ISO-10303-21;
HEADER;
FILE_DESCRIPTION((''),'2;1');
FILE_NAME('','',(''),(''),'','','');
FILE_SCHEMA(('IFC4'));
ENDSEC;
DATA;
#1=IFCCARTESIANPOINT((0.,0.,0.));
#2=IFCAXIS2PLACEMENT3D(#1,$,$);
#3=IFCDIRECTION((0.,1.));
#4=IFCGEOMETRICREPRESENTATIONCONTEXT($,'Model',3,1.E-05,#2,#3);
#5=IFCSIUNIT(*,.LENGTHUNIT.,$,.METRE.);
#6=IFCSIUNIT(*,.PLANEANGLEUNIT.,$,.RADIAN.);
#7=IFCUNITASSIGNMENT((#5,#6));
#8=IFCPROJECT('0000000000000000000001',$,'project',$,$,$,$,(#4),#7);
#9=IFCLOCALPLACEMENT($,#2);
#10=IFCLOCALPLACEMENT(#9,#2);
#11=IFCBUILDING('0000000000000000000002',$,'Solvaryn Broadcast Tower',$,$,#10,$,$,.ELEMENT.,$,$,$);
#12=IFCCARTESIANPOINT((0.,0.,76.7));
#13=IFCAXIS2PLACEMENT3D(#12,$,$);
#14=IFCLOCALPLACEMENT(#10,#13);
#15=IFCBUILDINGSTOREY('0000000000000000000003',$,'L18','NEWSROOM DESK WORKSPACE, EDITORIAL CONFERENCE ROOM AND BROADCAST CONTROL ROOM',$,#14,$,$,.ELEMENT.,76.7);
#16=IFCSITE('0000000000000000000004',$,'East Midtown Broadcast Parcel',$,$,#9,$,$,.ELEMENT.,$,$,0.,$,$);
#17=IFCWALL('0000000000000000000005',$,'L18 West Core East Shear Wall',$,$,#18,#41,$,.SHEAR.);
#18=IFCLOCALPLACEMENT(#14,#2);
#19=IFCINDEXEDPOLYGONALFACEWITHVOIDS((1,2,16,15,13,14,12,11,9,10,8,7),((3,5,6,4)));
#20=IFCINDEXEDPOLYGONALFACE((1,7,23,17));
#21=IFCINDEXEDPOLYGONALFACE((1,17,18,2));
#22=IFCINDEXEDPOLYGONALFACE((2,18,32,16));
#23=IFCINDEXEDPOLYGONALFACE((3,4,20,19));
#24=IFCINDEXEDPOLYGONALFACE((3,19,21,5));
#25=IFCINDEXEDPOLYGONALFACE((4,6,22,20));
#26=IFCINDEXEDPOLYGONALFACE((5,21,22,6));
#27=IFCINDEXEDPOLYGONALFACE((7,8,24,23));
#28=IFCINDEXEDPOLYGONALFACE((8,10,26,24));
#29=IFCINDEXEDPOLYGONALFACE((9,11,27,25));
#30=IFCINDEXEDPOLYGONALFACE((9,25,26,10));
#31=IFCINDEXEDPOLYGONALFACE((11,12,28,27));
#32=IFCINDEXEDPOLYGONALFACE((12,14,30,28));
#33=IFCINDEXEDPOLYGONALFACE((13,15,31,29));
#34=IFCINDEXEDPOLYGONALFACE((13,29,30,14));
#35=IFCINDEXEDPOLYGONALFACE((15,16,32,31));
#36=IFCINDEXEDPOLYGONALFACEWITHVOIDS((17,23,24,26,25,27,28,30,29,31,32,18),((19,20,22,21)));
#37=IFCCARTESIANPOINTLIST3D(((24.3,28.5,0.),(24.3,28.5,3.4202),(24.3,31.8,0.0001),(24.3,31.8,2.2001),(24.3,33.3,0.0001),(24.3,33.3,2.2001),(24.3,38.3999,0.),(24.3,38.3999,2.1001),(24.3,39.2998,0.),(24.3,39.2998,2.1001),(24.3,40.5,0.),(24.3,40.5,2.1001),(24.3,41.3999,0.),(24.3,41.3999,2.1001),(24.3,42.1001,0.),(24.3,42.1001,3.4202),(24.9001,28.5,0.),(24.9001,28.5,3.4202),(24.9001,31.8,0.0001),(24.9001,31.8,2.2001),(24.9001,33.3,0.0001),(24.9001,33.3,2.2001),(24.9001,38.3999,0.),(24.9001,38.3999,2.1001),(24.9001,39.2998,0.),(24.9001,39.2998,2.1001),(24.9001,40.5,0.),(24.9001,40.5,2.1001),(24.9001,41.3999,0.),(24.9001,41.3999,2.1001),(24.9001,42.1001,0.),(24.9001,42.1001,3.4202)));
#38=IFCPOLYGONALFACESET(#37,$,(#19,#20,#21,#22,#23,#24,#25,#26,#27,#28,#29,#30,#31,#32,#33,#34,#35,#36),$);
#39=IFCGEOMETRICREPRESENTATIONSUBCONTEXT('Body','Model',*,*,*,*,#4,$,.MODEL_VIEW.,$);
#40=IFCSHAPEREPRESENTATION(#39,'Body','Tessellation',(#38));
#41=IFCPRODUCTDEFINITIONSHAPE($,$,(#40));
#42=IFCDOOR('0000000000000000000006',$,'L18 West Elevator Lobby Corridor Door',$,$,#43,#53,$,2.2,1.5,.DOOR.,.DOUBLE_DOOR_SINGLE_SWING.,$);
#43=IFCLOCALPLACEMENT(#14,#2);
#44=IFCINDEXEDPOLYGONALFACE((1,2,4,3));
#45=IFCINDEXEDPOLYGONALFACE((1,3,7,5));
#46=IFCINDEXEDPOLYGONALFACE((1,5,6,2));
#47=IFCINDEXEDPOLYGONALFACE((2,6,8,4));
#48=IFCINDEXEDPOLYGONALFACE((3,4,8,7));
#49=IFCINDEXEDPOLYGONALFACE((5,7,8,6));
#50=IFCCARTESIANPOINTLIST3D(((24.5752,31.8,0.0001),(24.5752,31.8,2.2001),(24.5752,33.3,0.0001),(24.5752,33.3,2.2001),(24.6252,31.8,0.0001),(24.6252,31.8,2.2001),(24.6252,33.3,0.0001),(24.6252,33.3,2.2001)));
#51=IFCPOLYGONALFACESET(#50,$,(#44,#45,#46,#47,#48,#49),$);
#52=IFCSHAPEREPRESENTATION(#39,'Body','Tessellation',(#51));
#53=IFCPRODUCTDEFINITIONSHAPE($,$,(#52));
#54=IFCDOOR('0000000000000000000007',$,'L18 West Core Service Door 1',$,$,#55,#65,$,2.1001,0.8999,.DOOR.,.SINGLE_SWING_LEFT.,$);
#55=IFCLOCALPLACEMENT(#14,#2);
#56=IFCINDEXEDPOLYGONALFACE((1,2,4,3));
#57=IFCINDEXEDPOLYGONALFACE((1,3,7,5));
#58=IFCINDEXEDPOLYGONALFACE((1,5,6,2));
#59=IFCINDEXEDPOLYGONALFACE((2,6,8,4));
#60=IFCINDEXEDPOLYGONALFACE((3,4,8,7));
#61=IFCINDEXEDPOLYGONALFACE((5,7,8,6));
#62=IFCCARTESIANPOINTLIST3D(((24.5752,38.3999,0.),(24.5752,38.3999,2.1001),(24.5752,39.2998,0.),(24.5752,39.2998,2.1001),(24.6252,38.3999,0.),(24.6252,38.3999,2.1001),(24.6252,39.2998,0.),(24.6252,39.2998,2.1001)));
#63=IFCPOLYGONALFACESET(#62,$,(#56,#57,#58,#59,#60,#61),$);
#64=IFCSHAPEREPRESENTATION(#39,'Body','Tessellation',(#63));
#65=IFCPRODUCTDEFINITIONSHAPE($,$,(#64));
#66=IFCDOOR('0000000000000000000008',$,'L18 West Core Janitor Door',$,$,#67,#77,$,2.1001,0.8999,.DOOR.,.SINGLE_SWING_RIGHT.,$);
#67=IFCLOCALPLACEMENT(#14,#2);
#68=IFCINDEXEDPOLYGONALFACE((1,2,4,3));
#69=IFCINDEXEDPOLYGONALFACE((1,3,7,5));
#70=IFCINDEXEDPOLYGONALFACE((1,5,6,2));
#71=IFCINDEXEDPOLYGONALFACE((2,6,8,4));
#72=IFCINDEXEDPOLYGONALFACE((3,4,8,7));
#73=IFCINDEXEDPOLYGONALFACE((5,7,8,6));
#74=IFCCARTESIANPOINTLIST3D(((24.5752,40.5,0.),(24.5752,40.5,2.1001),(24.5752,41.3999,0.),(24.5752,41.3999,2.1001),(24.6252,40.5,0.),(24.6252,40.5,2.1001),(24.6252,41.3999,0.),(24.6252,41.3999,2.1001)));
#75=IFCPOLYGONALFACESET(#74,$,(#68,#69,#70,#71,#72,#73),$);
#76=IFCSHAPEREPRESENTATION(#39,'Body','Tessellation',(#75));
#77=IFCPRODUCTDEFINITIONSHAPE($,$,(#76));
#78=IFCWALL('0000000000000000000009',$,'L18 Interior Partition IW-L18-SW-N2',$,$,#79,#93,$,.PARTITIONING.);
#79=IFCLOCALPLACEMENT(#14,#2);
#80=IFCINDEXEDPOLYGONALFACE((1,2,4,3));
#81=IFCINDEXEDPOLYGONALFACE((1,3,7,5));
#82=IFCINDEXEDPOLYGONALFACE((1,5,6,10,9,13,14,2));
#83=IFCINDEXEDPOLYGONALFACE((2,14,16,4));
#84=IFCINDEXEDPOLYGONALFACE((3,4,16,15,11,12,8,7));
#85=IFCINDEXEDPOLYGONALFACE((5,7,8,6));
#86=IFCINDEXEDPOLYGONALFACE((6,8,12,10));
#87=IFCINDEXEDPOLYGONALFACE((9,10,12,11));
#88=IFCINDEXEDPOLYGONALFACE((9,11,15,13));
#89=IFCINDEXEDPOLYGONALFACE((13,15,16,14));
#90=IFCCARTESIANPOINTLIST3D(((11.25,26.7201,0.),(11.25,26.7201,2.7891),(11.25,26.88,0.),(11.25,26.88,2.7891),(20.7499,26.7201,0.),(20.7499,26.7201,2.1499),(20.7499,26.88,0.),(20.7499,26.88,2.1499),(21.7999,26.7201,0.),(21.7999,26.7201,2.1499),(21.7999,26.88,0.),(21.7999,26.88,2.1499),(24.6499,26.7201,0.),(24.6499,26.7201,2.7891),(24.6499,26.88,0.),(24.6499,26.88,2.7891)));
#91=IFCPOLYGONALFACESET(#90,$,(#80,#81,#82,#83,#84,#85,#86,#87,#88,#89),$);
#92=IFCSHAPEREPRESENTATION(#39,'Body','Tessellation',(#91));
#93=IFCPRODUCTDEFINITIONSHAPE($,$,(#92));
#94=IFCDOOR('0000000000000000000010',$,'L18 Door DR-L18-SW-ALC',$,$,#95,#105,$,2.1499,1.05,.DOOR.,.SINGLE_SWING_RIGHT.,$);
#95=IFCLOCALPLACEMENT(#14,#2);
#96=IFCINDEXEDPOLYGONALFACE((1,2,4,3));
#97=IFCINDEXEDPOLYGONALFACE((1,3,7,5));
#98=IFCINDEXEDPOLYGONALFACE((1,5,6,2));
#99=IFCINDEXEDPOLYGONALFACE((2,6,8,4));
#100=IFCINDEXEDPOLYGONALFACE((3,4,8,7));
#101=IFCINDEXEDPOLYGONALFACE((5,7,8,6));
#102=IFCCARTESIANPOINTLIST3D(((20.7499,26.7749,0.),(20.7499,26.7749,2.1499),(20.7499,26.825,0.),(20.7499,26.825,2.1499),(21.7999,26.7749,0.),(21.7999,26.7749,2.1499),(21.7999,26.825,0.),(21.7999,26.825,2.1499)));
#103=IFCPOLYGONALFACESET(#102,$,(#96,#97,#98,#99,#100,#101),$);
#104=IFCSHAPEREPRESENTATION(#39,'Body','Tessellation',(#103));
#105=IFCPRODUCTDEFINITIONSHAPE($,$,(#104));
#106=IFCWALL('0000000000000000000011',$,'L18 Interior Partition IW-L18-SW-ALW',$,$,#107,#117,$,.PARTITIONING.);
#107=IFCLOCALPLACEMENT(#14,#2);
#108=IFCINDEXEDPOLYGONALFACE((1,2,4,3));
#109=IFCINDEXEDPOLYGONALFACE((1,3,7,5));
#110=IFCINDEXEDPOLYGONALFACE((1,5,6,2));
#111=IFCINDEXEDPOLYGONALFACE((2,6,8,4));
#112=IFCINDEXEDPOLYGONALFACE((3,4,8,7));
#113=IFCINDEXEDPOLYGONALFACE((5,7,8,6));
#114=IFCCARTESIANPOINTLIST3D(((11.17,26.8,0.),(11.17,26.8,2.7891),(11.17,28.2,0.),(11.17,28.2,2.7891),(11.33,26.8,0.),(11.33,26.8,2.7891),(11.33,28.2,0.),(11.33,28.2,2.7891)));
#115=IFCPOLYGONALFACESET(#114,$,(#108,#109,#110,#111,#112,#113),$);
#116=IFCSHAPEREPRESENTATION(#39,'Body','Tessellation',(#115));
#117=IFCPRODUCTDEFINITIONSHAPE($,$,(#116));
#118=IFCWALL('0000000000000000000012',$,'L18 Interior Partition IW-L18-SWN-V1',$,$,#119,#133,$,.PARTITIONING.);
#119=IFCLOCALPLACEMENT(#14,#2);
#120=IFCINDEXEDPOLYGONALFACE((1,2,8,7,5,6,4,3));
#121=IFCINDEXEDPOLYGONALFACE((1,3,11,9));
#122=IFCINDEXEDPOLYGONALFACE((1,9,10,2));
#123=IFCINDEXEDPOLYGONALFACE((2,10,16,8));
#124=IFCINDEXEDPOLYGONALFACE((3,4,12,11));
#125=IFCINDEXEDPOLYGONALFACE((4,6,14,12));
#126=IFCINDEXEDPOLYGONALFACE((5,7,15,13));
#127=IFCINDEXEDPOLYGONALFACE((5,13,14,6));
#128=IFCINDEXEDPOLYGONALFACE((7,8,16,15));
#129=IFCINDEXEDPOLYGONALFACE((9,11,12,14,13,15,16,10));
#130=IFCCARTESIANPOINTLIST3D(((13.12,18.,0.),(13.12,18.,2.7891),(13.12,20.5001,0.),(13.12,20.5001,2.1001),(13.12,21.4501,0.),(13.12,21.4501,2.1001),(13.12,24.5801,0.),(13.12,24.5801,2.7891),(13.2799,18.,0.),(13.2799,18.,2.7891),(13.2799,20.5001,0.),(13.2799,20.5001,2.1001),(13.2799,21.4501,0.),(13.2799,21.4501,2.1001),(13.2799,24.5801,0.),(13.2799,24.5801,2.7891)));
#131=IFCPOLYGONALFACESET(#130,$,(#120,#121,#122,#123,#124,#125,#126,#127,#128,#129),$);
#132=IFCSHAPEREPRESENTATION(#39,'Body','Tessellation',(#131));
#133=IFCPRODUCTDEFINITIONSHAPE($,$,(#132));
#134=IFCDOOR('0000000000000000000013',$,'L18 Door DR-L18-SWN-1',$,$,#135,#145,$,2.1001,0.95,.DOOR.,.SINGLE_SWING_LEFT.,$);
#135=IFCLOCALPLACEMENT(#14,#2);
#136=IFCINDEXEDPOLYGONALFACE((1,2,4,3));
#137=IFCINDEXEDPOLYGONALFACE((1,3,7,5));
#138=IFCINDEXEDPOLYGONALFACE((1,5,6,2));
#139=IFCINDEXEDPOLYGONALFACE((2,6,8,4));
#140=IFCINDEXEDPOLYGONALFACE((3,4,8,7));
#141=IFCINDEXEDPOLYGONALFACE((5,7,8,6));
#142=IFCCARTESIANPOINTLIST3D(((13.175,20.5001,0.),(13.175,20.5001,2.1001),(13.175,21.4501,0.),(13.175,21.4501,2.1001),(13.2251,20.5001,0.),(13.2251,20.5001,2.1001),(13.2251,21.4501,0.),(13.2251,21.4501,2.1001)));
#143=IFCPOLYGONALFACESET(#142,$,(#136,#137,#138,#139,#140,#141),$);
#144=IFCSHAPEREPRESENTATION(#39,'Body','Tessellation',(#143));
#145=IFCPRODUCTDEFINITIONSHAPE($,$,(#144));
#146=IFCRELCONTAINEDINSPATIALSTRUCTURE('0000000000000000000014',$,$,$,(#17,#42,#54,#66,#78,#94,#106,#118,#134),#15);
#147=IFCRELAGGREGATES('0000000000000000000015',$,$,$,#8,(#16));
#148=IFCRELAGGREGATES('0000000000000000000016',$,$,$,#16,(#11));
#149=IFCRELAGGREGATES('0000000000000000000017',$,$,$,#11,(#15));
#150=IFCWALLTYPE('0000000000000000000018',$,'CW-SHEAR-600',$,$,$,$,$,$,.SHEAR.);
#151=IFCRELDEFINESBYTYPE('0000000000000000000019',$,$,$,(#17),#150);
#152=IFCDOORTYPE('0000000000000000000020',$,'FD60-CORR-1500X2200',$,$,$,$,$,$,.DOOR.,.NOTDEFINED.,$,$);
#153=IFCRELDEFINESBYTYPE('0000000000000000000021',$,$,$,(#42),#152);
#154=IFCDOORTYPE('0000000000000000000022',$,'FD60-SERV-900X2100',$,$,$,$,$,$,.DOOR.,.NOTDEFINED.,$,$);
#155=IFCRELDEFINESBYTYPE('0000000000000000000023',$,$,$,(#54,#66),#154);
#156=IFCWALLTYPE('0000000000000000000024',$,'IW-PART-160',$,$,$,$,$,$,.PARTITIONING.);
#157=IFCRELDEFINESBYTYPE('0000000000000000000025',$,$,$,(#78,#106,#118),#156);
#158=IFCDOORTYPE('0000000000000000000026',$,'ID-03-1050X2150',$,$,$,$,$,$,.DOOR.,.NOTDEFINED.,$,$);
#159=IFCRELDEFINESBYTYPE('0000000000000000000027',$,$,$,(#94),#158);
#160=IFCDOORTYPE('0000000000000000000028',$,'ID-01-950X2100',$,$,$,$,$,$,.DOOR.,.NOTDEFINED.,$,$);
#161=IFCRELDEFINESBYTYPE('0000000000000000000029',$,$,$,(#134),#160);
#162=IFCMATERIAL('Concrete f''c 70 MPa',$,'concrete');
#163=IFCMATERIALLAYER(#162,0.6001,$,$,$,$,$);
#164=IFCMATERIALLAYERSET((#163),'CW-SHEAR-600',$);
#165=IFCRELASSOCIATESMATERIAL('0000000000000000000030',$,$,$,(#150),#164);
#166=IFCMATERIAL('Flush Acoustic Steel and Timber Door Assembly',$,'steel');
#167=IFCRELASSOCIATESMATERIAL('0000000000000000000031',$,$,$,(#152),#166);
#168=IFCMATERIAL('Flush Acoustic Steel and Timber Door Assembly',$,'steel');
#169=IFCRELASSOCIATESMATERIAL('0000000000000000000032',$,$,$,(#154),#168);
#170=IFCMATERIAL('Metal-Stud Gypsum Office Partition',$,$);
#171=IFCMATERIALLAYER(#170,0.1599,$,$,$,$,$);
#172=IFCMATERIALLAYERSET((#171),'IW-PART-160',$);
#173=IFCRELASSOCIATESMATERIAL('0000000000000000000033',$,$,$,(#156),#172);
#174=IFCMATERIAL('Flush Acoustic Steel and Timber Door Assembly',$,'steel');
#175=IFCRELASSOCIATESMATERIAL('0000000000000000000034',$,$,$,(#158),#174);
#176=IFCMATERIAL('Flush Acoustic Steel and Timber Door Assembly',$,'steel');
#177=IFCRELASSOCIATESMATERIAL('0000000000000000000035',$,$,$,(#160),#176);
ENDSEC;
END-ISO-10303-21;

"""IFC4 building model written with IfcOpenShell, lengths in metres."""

from ifc_helpers import new_model, si_unit, direction, frame, frame_2d, origin, place, context, subcontext, project, spatial, rectangle, extrude, material, layer, layer_set, type_object, element, fill, save


model = new_model("IFC4")

# Units and contexts
model_context = context("Model", 3, precision=1e-05, world=origin(), true_north=direction((0.0, 1.0)))
body_context = subcontext(model_context, "Body", "Model", "MODEL_VIEW")
ifc_project = project(units=[si_unit("LENGTHUNIT", "METRE"), si_unit("PLANEANGLEUNIT", "RADIAN")], contexts=[model_context])

# Site, building, storey
site_placement = place(None, origin())
site = spatial("IfcSite", under=ifc_project, at=site_placement, Name="East Midtown Broadcast Parcel", CompositionType="ELEMENT", RefElevation=0.0)
building_placement = place(site_placement, origin())
building = spatial("IfcBuilding", under=site, at=building_placement, Name="Solvaryn Broadcast Tower", CompositionType="ELEMENT")
storey_placement = place(building_placement, frame((0.0, 0.0, 76.7)))
storey = spatial("IfcBuildingStorey", under=building, at=storey_placement, Name="L18", Description="NEWSROOM DESK WORKSPACE, EDITORIAL CONFERENCE ROOM AND BROADCAST CONTROL ROOM", CompositionType="ELEMENT", Elevation=76.7)

# Wall, openings, doors
ifc_material_1 = material(Name="Concrete f'c 70 MPa", Category="concrete")
ifc_layer_1 = layer(ifc_material_1, 0.6001)
ifc_layer_set_1 = layer_set([ifc_layer_1], Name="CW-SHEAR-600")
wall_type_1 = type_object("IfcWallType", Name="CW-SHEAR-600", PredefinedType="SHEAR", material=ifc_layer_set_1)
wall_1_placement = place(storey_placement, frame((24.6001, 28.5, 0.0), z_axis=(0.0, 0.0, 1.0), x_axis=(0.0, 1.0, 0.0)))
wall_1 = element("IfcWall", 1, at=wall_1_placement, inside=storey, type_object=wall_type_1, Name="L18 West Core East Shear Wall", PredefinedType="SHEAR", context=body_context, shape_type="SweptSolid", body=[
    extrude(rectangle(XDim=13.6001, YDim=0.6001, at=frame_2d((6.8, 0.0))), origin(), (0.0, 0.0, 1.0), 3.4202),
])
opening_1_placement = place(wall_1_placement, frame((3.3, 0.0, 0.0)))
opening_1 = element("IfcOpeningElement", 2, at=opening_1_placement, cuts=wall_1, PredefinedType="OPENING", context=body_context, shape_type="SweptSolid", body=[
    extrude(rectangle(XDim=1.5, YDim=2.2, at=frame_2d((0.75, 1.1001))), frame((0.0, 0.3101, 0.0), z_axis=(0.0, -1.0, 0.0), x_axis=(1.0, 0.0, 0.0)), (0.0, 0.0, 1.0), 0.6201),
])
opening_2_placement = place(wall_1_placement, frame((9.8999, 0.0, 0.0)))
opening_2 = element("IfcOpeningElement", 3, at=opening_2_placement, cuts=wall_1, PredefinedType="OPENING", context=body_context, shape_type="SweptSolid", body=[
    extrude(rectangle(XDim=0.8999, YDim=2.1001, at=frame_2d((0.45, 1.05))), frame((0.0, 0.3101, 0.0), z_axis=(0.0, -1.0, 0.0), x_axis=(1.0, 0.0, 0.0)), (0.0, 0.0, 1.0), 0.6201),
])
opening_3_placement = place(wall_1_placement, frame((12.0, 0.0, 0.0)))
opening_3 = element("IfcOpeningElement", 4, at=opening_3_placement, cuts=wall_1, PredefinedType="OPENING", context=body_context, shape_type="SweptSolid", body=[
    extrude(rectangle(XDim=0.8999, YDim=2.1001, at=frame_2d((0.45, 1.05))), frame((0.0, 0.3101, 0.0), z_axis=(0.0, -1.0, 0.0), x_axis=(1.0, 0.0, 0.0)), (0.0, 0.0, 1.0), 0.6201),
])
ifc_material_2 = material(Name="Flush Acoustic Steel and Timber Door Assembly", Category="steel")
door_type_1 = type_object("IfcDoorType", Name="FD60-CORR-1500X2200", OperationType="NOTDEFINED", PredefinedType="DOOR", material=ifc_material_2)
door_1_placement = place(opening_1_placement, origin())
door_1 = element("IfcDoor", 5, at=door_1_placement, inside=storey, type_object=door_type_1, Name="L18 West Elevator Lobby Corridor Door", OperationType="DOUBLE_DOOR_SINGLE_SWING", OverallHeight=2.2, OverallWidth=1.5, PredefinedType="DOOR", context=body_context, shape_type="SweptSolid", body=[
    extrude(rectangle(XDim=1.5, YDim=2.2, at=frame_2d((0.75, 1.1001))), frame((0.0, 0.0249, 0.0), z_axis=(0.0, -1.0, 0.0), x_axis=(1.0, 0.0, 0.0)), (0.0, 0.0, 1.0), 0.05),
])
fill(opening_1, door_1)
ifc_material_3 = material(Name="Flush Acoustic Steel and Timber Door Assembly", Category="steel")
door_type_2 = type_object("IfcDoorType", Name="FD60-SERV-900X2100", OperationType="NOTDEFINED", PredefinedType="DOOR", material=ifc_material_3)
door_2_placement = place(opening_2_placement, origin())
door_2 = element("IfcDoor", 6, at=door_2_placement, inside=storey, type_object=door_type_2, Name="L18 West Core Service Door 1", OperationType="SINGLE_SWING_LEFT", OverallHeight=2.1001, OverallWidth=0.8999, PredefinedType="DOOR", context=body_context, shape_type="SweptSolid", body=[
    extrude(rectangle(XDim=0.8999, YDim=2.1001, at=frame_2d((0.45, 1.05))), frame((0.0, 0.0249, 0.0), z_axis=(0.0, -1.0, 0.0), x_axis=(1.0, 0.0, 0.0)), (0.0, 0.0, 1.0), 0.05),
])
fill(opening_2, door_2)
door_3_placement = place(opening_3_placement, origin())
door_3 = element("IfcDoor", 7, at=door_3_placement, inside=storey, type_object=door_type_2, Name="L18 West Core Janitor Door", OperationType="SINGLE_SWING_RIGHT", OverallHeight=2.1001, OverallWidth=0.8999, PredefinedType="DOOR", context=body_context, shape_type="SweptSolid", body=[
    extrude(rectangle(XDim=0.8999, YDim=2.1001, at=frame_2d((0.45, 1.05))), frame((0.0, 0.0249, 0.0), z_axis=(0.0, -1.0, 0.0), x_axis=(1.0, 0.0, 0.0)), (0.0, 0.0, 1.0), 0.05),
])
fill(opening_3, door_3)

# Wall, opening, door
ifc_material_4 = material(Name="Metal-Stud Gypsum Office Partition")
ifc_layer_2 = layer(ifc_material_4, 0.1599)
ifc_layer_set_2 = layer_set([ifc_layer_2], Name="IW-PART-160")
wall_type_2 = type_object("IfcWallType", Name="IW-PART-160", PredefinedType="PARTITIONING", material=ifc_layer_set_2)
wall_2_placement = place(storey_placement, frame((11.25, 26.8, 0.0), z_axis=(0.0, 0.0, 1.0), x_axis=(1.0, 0.0, 0.0)))
wall_2 = element("IfcWall", 8, at=wall_2_placement, inside=storey, type_object=wall_type_2, Name="L18 Interior Partition IW-L18-SW-N2", PredefinedType="PARTITIONING", context=body_context, shape_type="SweptSolid", body=[
    extrude(rectangle(XDim=13.3999, YDim=0.1599, at=frame_2d((6.7, 0.0))), origin(), (0.0, 0.0, 1.0), 2.7891),
])
opening_4_placement = place(wall_2_placement, frame((9.5, 0.0, 0.0)))
opening_4 = element("IfcOpeningElement", 9, at=opening_4_placement, cuts=wall_2, PredefinedType="OPENING", context=body_context, shape_type="SweptSolid", body=[
    extrude(rectangle(XDim=1.05, YDim=2.1499, at=frame_2d((0.5249, 1.075))), frame((0.0, 0.0901, 0.0), z_axis=(0.0, -1.0, 0.0), x_axis=(1.0, 0.0, 0.0)), (0.0, 0.0, 1.0), 0.1799),
])
ifc_material_5 = material(Name="Flush Acoustic Steel and Timber Door Assembly", Category="steel")
door_type_3 = type_object("IfcDoorType", Name="ID-03-1050X2150", OperationType="NOTDEFINED", PredefinedType="DOOR", material=ifc_material_5)
door_4_placement = place(opening_4_placement, origin())
door_4 = element("IfcDoor", 10, at=door_4_placement, inside=storey, type_object=door_type_3, Name="L18 Door DR-L18-SW-ALC", OperationType="SINGLE_SWING_RIGHT", OverallHeight=2.1499, OverallWidth=1.05, PredefinedType="DOOR", context=body_context, shape_type="SweptSolid", body=[
    extrude(rectangle(XDim=1.05, YDim=2.1499, at=frame_2d((0.5249, 1.075))), frame((0.0, 0.0249, 0.0), z_axis=(0.0, -1.0, 0.0), x_axis=(1.0, 0.0, 0.0)), (0.0, 0.0, 1.0), 0.05),
])
fill(opening_4, door_4)

# Wall
wall_3_placement = place(storey_placement, frame((11.25, 26.8, 0.0), z_axis=(0.0, 0.0, 1.0), x_axis=(0.0, 1.0, 0.0)))
element("IfcWall", 11, at=wall_3_placement, inside=storey, type_object=wall_type_2, Name="L18 Interior Partition IW-L18-SW-ALW", PredefinedType="PARTITIONING", context=body_context, shape_type="SweptSolid", body=[
    extrude(rectangle(XDim=1.3999, YDim=0.1599, at=frame_2d((0.7, 0.0))), origin(), (0.0, 0.0, 1.0), 2.7891),
])

# Wall, opening, door
wall_4_placement = place(storey_placement, frame((13.2, 18.0, 0.0), z_axis=(0.0, 0.0, 1.0), x_axis=(0.0, 1.0, 0.0)))
wall_4 = element("IfcWall", 12, at=wall_4_placement, inside=storey, type_object=wall_type_2, Name="L18 Interior Partition IW-L18-SWN-V1", PredefinedType="PARTITIONING", context=body_context, shape_type="SweptSolid", body=[
    extrude(rectangle(XDim=6.5801, YDim=0.1599, at=frame_2d((3.29, 0.0))), origin(), (0.0, 0.0, 1.0), 2.7891),
])
opening_5_placement = place(wall_4_placement, frame((2.5, 0.0, 0.0)))
opening_5 = element("IfcOpeningElement", 13, at=opening_5_placement, cuts=wall_4, PredefinedType="OPENING", context=body_context, shape_type="SweptSolid", body=[
    extrude(rectangle(XDim=0.95, YDim=2.1001, at=frame_2d((0.4751, 1.05))), frame((0.0, 0.0901, 0.0), z_axis=(0.0, -1.0, 0.0), x_axis=(1.0, 0.0, 0.0)), (0.0, 0.0, 1.0), 0.1799),
])
ifc_material_6 = material(Name="Flush Acoustic Steel and Timber Door Assembly", Category="steel")
door_type_4 = type_object("IfcDoorType", Name="ID-01-950X2100", OperationType="NOTDEFINED", PredefinedType="DOOR", material=ifc_material_6)
door_5_placement = place(opening_5_placement, origin())
door_5 = element("IfcDoor", 14, at=door_5_placement, inside=storey, type_object=door_type_4, Name="L18 Door DR-L18-SWN-1", OperationType="SINGLE_SWING_LEFT", OverallHeight=2.1001, OverallWidth=0.95, PredefinedType="DOOR", context=body_context, shape_type="SweptSolid", body=[
    extrude(rectangle(XDim=0.95, YDim=2.1001, at=frame_2d((0.4751, 1.05))), frame((0.0, 0.0249, 0.0), z_axis=(0.0, -1.0, 0.0), x_axis=(1.0, 0.0, 0.0)), (0.0, 0.0, 1.0), 0.05),
])
fill(opening_5, door_5)

save(model, "model.ifc")
